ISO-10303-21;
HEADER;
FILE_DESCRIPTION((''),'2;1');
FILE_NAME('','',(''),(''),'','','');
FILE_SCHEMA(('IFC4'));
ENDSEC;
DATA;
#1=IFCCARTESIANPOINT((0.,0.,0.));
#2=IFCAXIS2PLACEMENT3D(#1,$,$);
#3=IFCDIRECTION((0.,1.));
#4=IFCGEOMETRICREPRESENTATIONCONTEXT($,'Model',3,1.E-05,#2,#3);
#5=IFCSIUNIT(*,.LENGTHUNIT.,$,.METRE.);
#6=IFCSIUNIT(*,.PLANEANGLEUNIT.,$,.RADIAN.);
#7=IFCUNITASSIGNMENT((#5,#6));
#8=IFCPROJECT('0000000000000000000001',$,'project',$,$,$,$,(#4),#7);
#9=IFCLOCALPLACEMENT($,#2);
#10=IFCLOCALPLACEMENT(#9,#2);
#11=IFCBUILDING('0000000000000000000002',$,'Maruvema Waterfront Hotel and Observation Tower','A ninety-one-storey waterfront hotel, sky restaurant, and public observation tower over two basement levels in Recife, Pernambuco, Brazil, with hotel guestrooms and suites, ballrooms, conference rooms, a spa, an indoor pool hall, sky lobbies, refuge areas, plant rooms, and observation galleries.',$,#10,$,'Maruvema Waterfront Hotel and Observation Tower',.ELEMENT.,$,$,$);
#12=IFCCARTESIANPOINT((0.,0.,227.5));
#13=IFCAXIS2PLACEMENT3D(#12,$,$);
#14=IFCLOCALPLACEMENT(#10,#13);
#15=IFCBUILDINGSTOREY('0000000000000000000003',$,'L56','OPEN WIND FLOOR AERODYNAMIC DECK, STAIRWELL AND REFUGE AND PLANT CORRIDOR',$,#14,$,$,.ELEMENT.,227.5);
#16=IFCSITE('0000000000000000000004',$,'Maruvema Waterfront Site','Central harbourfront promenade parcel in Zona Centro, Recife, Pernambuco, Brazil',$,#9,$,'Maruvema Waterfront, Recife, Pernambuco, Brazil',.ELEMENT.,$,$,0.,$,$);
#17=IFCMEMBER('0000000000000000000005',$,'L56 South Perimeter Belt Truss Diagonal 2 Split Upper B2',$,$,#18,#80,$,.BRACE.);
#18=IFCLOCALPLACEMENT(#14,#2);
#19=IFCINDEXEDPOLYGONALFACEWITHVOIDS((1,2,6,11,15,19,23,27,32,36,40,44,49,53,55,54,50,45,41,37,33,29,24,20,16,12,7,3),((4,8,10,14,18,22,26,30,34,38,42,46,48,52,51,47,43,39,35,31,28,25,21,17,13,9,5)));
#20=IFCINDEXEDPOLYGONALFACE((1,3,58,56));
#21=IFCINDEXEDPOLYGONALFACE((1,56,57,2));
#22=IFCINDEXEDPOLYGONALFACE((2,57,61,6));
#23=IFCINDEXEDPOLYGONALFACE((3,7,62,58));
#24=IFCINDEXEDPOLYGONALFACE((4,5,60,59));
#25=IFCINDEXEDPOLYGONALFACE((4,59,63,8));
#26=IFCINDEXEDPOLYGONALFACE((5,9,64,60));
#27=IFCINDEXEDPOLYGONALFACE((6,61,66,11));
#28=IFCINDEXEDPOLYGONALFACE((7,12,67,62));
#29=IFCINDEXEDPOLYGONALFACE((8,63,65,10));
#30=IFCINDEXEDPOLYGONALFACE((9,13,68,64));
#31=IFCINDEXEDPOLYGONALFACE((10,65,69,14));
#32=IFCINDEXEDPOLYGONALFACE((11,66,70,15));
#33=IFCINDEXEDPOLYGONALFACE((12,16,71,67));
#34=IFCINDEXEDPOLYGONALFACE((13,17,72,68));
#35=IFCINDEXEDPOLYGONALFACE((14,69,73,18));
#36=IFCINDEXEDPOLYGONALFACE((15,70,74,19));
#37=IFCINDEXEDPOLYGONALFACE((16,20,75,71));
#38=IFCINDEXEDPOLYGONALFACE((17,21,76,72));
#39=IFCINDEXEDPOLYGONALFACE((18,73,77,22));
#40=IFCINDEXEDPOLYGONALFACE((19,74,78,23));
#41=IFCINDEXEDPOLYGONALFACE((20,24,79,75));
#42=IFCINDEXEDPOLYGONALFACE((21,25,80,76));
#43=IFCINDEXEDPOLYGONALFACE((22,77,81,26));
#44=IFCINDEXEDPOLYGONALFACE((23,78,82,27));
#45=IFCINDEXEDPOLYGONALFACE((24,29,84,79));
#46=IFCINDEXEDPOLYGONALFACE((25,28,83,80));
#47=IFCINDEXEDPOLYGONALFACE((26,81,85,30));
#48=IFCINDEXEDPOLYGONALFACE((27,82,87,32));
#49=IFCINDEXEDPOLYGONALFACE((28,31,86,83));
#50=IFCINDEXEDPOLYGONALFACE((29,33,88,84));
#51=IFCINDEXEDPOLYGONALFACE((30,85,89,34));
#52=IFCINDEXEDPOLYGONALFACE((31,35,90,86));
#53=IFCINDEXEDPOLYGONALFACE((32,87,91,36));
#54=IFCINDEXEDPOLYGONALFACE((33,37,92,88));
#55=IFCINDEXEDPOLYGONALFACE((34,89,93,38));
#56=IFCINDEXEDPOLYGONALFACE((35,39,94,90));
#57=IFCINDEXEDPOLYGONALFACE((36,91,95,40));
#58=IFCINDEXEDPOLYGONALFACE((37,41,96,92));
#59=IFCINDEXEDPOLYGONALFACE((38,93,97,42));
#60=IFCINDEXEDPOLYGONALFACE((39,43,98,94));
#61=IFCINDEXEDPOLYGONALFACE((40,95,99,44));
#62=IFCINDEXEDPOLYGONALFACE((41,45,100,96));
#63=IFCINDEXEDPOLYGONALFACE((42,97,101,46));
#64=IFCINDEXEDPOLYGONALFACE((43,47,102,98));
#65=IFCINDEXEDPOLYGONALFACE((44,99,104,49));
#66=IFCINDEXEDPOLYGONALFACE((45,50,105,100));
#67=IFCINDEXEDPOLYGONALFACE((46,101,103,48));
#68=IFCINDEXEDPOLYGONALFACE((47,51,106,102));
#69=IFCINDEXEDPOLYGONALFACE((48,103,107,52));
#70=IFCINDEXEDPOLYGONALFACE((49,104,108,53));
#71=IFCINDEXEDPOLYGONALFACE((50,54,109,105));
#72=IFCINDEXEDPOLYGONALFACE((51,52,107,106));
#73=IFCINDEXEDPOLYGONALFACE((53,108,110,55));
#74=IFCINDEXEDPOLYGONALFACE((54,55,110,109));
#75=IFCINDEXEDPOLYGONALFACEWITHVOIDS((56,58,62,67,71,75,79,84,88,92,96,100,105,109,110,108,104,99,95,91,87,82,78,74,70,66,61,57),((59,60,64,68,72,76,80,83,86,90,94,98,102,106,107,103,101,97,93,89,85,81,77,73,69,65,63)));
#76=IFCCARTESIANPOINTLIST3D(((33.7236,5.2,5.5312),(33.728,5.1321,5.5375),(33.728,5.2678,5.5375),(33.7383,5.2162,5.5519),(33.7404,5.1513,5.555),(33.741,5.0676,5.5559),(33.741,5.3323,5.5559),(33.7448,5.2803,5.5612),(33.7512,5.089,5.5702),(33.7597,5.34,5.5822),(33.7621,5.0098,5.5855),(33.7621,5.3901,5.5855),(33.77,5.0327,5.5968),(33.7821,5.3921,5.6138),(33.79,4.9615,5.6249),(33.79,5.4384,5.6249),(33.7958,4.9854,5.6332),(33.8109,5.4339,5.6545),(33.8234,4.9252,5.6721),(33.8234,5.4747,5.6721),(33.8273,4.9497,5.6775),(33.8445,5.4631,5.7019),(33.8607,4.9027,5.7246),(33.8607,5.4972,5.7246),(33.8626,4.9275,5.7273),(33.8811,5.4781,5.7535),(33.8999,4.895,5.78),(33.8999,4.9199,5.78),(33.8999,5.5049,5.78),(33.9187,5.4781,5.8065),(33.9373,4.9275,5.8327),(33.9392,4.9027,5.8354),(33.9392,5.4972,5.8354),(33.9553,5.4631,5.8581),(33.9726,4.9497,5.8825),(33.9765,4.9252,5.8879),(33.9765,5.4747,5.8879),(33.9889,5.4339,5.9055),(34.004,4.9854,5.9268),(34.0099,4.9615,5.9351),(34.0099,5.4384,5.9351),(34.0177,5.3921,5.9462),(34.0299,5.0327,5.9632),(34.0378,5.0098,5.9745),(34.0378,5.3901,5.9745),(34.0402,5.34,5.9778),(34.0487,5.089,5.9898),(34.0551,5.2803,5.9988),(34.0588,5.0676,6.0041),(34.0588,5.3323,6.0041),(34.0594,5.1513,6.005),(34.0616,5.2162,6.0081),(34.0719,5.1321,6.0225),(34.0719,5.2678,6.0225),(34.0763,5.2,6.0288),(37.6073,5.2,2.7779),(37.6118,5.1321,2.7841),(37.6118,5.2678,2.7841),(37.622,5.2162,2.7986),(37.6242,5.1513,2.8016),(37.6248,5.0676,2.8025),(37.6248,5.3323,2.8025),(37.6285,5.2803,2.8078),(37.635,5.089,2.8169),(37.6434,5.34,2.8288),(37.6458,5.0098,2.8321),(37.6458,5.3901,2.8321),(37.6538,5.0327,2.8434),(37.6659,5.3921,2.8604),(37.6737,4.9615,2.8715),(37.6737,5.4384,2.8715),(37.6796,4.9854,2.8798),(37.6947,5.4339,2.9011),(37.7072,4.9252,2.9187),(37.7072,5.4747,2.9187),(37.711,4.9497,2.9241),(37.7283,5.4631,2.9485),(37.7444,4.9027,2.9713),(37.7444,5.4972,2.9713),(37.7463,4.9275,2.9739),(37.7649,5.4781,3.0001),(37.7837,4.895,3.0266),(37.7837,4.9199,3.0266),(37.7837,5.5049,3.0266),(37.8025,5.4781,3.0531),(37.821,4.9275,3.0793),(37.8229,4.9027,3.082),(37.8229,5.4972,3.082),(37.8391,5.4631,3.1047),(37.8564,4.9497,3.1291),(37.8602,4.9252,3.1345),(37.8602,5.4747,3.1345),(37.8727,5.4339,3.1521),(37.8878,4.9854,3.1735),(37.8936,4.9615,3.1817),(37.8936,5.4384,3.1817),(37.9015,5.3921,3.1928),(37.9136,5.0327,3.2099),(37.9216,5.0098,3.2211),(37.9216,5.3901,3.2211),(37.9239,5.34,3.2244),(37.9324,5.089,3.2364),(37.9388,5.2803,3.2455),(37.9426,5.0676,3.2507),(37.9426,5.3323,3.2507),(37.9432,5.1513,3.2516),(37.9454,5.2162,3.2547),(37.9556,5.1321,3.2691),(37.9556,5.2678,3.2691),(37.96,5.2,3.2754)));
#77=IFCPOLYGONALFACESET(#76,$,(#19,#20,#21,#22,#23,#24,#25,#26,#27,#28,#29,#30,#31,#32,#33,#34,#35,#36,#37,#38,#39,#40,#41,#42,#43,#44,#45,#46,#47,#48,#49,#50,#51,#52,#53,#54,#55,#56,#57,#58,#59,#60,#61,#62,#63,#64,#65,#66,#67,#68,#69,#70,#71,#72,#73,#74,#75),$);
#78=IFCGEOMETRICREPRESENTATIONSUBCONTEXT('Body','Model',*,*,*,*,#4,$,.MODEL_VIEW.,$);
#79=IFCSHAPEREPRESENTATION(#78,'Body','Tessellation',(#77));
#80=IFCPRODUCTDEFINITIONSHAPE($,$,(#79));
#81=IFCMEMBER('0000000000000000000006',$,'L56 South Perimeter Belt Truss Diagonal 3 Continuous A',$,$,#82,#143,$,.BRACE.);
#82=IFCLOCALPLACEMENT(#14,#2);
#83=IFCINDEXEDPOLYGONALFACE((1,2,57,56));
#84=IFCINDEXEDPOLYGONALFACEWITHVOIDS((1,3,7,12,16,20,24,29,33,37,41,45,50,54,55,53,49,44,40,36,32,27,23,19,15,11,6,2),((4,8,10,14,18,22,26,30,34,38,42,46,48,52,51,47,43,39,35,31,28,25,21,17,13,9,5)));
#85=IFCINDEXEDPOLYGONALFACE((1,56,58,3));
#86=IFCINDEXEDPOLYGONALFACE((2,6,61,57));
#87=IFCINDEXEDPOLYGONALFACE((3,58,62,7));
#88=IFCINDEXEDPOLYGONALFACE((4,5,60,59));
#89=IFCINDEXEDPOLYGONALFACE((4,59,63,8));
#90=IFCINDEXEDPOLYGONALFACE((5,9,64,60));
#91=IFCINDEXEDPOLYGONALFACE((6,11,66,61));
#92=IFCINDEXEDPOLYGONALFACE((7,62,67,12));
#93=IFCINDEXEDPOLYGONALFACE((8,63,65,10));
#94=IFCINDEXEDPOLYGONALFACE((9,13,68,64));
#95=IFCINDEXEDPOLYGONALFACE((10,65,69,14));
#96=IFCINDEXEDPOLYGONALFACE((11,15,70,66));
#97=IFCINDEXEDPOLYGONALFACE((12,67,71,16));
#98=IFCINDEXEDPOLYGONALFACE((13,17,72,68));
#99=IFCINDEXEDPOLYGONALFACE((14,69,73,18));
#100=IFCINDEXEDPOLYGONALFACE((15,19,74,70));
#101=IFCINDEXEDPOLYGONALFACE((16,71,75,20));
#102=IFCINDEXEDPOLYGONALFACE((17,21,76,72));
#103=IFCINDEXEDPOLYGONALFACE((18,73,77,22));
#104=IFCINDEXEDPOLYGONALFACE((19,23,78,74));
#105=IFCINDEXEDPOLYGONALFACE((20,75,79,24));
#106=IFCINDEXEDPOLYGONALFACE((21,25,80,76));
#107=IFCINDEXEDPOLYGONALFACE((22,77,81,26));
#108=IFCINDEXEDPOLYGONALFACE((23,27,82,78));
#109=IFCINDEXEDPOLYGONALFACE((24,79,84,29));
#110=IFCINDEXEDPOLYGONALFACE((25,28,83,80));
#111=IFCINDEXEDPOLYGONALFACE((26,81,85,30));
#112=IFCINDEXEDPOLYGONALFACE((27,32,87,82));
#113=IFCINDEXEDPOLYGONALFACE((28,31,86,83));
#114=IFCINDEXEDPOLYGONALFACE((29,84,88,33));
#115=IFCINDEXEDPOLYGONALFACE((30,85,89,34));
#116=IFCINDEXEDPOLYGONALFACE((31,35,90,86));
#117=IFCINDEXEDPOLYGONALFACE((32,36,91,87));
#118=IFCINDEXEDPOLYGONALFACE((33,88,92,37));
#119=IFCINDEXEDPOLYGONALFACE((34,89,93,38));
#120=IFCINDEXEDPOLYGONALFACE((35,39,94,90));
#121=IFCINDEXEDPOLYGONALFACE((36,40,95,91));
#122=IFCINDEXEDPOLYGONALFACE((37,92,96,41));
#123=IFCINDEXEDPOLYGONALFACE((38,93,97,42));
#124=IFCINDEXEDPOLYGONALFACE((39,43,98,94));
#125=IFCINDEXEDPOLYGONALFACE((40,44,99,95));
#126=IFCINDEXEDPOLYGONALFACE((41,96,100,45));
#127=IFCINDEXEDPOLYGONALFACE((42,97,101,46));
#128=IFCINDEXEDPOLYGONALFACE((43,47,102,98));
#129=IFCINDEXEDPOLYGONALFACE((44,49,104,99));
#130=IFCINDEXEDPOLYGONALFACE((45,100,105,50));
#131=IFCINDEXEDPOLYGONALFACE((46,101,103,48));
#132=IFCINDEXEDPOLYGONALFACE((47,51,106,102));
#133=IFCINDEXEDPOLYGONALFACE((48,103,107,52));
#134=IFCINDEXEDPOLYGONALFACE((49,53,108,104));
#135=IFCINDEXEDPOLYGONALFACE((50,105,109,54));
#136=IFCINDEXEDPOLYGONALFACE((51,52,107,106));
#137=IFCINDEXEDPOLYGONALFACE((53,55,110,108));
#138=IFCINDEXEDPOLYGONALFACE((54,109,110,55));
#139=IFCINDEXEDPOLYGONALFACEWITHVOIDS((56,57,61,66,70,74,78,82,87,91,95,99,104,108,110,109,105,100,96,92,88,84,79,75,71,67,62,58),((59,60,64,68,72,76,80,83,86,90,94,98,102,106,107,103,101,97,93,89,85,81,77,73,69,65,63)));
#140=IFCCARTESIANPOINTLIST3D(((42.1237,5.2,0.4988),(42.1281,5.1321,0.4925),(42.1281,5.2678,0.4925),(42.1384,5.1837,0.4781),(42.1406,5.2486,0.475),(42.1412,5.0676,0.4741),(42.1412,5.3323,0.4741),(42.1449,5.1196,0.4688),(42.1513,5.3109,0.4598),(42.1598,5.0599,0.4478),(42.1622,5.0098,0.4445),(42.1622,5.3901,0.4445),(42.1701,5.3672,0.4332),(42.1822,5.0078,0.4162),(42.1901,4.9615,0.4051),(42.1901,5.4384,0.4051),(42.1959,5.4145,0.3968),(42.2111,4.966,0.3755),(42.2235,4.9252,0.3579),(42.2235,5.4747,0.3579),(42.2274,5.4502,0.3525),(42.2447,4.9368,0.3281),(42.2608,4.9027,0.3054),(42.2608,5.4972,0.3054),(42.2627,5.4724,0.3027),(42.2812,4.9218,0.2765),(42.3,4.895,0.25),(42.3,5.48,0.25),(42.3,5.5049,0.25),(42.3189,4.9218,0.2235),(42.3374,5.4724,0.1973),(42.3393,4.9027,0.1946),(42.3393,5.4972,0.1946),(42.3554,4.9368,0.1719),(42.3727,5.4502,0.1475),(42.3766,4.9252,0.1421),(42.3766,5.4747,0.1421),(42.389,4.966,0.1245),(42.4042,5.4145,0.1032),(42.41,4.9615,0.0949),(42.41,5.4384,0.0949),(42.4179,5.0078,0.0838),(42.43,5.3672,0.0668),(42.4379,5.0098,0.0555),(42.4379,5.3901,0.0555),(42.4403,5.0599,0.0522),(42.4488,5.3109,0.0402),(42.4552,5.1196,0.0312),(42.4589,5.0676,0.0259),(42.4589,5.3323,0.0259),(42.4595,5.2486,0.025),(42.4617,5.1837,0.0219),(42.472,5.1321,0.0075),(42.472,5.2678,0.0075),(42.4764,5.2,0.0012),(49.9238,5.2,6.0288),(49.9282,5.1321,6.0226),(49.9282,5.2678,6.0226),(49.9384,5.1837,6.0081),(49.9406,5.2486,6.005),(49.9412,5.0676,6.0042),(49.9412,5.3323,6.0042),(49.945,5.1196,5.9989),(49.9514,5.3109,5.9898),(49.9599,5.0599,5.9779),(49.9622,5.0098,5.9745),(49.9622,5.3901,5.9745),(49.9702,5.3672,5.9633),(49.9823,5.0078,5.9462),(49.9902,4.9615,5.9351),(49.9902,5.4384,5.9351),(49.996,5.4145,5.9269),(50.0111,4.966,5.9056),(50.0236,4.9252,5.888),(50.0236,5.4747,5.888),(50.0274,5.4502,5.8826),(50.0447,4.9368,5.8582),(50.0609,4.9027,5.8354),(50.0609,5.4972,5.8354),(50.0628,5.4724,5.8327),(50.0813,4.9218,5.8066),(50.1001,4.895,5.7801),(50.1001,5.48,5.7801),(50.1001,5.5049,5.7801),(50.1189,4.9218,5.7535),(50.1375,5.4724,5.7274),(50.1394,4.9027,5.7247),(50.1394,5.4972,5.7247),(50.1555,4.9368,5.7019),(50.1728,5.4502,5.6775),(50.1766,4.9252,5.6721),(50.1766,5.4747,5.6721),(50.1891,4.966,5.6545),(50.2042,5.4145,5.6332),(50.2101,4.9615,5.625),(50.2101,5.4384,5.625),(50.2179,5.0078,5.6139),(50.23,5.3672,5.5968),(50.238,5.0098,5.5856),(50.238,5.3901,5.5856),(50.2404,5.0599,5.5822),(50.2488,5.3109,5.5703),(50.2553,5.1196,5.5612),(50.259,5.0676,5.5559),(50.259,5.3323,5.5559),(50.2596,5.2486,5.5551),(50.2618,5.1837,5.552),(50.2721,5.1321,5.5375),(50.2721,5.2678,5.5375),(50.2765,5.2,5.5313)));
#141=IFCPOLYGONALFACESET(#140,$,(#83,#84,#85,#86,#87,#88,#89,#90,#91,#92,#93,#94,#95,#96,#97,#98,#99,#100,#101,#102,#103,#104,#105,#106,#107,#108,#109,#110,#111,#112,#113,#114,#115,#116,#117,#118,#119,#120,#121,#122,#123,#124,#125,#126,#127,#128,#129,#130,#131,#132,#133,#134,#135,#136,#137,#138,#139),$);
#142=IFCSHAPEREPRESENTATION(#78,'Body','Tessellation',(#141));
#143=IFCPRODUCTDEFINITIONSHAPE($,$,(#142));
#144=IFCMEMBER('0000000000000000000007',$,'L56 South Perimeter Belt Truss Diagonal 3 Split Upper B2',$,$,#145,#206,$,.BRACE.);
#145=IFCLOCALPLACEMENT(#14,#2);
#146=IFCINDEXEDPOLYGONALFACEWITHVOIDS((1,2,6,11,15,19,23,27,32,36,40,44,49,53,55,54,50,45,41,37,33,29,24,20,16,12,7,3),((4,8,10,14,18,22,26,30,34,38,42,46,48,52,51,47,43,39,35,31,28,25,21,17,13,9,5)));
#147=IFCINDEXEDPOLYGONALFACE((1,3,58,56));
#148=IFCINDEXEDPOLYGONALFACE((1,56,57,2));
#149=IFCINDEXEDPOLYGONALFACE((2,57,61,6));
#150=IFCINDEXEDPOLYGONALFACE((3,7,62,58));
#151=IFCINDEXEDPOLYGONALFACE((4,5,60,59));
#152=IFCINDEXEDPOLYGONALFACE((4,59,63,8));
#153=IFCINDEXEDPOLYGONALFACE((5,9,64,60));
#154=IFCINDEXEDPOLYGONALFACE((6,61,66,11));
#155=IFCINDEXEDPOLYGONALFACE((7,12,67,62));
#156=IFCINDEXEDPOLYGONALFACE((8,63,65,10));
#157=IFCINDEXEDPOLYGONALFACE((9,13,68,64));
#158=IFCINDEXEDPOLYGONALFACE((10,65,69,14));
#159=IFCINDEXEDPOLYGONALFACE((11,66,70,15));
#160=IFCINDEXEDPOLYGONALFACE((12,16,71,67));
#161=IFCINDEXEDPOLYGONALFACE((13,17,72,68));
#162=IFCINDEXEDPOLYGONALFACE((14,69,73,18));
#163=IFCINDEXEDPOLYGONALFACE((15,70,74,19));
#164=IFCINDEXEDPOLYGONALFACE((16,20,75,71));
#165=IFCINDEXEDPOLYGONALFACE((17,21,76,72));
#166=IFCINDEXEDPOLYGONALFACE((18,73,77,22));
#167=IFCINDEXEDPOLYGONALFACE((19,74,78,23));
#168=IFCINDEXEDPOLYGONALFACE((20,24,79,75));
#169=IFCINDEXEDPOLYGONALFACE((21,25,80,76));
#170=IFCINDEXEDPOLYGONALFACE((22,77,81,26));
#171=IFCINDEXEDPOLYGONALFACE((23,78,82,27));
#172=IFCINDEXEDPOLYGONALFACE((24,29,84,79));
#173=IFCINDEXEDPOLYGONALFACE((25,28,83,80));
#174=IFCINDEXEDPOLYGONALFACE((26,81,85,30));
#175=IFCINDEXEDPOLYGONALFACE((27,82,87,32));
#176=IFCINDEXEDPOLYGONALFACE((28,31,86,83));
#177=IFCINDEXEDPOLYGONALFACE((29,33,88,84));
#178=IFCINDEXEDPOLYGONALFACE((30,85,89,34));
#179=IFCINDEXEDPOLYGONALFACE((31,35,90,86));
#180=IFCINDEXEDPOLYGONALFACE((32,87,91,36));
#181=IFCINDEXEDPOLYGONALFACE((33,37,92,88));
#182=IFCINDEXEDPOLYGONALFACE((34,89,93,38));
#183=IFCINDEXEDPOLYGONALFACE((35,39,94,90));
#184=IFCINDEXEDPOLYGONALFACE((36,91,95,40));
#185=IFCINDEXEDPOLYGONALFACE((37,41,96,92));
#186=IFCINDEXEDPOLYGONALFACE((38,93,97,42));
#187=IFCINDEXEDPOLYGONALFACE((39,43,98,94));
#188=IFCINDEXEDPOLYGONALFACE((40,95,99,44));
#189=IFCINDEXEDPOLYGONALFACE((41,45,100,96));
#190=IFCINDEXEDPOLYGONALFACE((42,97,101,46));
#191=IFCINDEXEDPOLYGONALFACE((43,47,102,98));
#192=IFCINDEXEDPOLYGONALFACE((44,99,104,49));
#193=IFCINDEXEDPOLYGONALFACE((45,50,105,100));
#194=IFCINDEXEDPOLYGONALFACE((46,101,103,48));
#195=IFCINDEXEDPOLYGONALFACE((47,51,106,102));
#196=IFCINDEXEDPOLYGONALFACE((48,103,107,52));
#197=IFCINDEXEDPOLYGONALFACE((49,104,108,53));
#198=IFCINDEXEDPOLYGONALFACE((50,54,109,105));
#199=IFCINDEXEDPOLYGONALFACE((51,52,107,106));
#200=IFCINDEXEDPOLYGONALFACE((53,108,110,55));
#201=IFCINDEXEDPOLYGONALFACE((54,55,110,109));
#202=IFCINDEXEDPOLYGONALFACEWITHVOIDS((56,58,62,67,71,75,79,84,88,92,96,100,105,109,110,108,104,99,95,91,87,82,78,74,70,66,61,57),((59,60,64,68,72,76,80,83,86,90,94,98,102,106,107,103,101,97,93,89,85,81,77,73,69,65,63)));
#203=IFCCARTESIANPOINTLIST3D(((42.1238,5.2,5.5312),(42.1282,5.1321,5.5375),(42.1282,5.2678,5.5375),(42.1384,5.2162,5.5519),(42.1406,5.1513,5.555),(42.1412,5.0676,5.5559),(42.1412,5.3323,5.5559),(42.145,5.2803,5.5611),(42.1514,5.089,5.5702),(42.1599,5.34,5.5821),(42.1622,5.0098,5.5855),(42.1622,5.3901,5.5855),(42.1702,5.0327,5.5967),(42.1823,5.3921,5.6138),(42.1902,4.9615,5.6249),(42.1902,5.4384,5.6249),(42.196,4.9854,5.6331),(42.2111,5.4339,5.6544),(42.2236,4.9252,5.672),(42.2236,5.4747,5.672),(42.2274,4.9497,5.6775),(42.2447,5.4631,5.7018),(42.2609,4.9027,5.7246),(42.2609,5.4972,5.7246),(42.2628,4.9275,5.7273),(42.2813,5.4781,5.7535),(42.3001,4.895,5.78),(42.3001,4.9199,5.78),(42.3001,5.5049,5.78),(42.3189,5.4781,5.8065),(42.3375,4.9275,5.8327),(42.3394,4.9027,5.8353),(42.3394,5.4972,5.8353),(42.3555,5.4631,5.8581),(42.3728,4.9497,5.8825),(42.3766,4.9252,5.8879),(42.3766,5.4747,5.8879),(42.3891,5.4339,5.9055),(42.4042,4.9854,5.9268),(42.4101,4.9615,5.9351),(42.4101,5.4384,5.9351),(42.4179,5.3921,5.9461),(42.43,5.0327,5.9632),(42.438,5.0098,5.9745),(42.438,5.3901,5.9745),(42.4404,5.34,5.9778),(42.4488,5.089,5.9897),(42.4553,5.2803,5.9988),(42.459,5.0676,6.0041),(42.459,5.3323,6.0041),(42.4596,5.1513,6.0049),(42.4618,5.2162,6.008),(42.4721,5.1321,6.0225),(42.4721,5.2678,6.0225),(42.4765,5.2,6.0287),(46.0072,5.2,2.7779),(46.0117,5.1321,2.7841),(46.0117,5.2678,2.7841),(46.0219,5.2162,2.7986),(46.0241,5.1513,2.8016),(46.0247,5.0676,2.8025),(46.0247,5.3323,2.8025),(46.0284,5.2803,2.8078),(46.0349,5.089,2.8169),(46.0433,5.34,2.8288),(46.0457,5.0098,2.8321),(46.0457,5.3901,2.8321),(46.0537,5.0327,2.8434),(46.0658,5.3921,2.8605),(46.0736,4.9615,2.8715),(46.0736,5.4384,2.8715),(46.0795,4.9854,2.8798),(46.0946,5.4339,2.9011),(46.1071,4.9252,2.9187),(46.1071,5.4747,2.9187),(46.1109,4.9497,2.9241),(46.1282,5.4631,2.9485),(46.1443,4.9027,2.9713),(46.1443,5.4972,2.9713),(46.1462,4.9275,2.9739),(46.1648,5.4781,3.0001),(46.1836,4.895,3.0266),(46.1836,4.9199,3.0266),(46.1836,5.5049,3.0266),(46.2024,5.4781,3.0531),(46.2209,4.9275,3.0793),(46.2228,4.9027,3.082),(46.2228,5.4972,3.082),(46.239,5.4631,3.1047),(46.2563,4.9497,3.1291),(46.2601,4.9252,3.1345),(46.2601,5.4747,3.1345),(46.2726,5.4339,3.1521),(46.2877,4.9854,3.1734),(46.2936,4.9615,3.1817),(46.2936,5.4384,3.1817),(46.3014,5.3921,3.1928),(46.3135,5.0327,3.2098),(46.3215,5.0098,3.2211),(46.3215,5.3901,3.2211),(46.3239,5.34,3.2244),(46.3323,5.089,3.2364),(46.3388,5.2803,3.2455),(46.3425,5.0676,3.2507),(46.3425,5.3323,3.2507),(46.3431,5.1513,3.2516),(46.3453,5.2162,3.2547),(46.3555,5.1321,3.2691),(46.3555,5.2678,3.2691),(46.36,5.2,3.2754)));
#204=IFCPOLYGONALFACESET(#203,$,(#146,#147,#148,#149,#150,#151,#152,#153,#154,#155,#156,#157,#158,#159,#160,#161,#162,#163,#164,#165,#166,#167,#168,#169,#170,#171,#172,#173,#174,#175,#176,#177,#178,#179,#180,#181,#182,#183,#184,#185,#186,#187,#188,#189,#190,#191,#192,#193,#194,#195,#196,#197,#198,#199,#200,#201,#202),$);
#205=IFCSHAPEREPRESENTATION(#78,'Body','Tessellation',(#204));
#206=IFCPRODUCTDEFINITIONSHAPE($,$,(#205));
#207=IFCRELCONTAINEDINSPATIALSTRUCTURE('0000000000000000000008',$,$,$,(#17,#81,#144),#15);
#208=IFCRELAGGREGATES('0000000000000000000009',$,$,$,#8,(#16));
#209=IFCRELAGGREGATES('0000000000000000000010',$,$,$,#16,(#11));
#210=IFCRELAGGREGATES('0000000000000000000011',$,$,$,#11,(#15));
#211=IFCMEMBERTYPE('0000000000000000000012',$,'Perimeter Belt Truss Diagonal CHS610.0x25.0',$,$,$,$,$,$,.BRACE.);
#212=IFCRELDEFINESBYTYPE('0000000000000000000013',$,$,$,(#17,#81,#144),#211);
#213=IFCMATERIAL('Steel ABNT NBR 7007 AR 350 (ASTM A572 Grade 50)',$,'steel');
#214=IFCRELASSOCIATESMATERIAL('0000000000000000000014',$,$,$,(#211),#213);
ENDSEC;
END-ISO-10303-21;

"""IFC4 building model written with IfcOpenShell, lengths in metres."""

from ifc_helpers import new_model, si_unit, direction, frame, origin, origin_2d, place, context, subcontext, project, spatial, hollow_circle, extrude, material, material_profile, profile_set, type_object, element, save


model = new_model("IFC4")

# Units and contexts
model_context = context("Model", 3, precision=1e-05, world=origin(), true_north=direction((0.0, 1.0)))
body_context = subcontext(model_context, "Body", "Model", "MODEL_VIEW")
ifc_project = project(units=[si_unit("LENGTHUNIT", "METRE"), si_unit("PLANEANGLEUNIT", "RADIAN")], contexts=[model_context])

# Site, building, storey
site_placement = place(None, origin())
site = spatial("IfcSite", under=ifc_project, at=site_placement, Name="Maruvema Waterfront Site", Description="Central harbourfront promenade parcel in Zona Centro, Recife, Pernambuco, Brazil", LongName="Maruvema Waterfront, Recife, Pernambuco, Brazil", CompositionType="ELEMENT", RefElevation=0.0)
building_placement = place(site_placement, origin())
building = spatial("IfcBuilding", under=site, at=building_placement, Name="Maruvema Waterfront Hotel and Observation Tower", Description="A ninety-one-storey waterfront hotel, sky restaurant, and public observation tower over two basement levels in Recife, Pernambuco, Brazil, with hotel guestrooms and suites, ballrooms, conference rooms, a spa, an indoor pool hall, sky lobbies, refuge areas, plant rooms, and observation galleries.", LongName="Maruvema Waterfront Hotel and Observation Tower", CompositionType="ELEMENT")
storey_placement = place(building_placement, frame((0.0, 0.0, 227.5)))
storey = spatial("IfcBuildingStorey", under=building, at=storey_placement, Name="L56", Description="OPEN WIND FLOOR AERODYNAMIC DECK, STAIRWELL AND REFUGE AND PLANT CORRIDOR", CompositionType="ELEMENT", Elevation=227.5)

# Members
ifc_material_1 = material(Name="Steel ABNT NBR 7007 AR 350 (ASTM A572 Grade 50)", Category="steel")
ifc_material_profile_1 = material_profile(ifc_material_1, hollow_circle(Radius=0.3049, WallThickness=0.0249, at=origin_2d()), Name="CHS610.0x25.0")
ifc_profile_set_1 = profile_set([ifc_material_profile_1], Name="Steel ABNT NBR 7007 AR 350 (ASTM A572 Grade 50)")
member_type_1 = type_object("IfcMemberType", Name="Perimeter Belt Truss Diagonal CHS610.0x25.0", PredefinedType="BRACE", material=ifc_profile_set_1)
member_1_placement = place(storey_placement, frame((37.7837, 5.2, 3.0266), z_axis=(-0.815787, 0.0, 0.578353), x_axis=(0.0, -1.0, 0.0)))
element("IfcMember", 1, at=member_1_placement, inside=storey, type_object=member_type_1, Name="L56 South Perimeter Belt Truss Diagonal 2 Split Upper B2", PredefinedType="BRACE", context=body_context, shape_type="SweptSolid", body=[
    extrude(hollow_circle(Radius=0.3049, WallThickness=0.0249, at=origin_2d()), origin(), (0.0, 0.0, 1.0), 4.7607),
])
member_2_placement = place(storey_placement, frame((42.3, 5.2, 0.25), z_axis=(0.815778, 0.0, 0.578365), x_axis=(0.0, 1.0, 0.0)))
element("IfcMember", 2, at=member_2_placement, inside=storey, type_object=member_type_1, Name="L56 South Perimeter Belt Truss Diagonal 3 Continuous A", PredefinedType="BRACE", context=body_context, shape_type="SweptSolid", body=[
    extrude(hollow_circle(Radius=0.3049, WallThickness=0.0249, at=origin_2d()), origin(), (0.0, 0.0, 1.0), 9.5615),
])
member_3_placement = place(storey_placement, frame((46.1836, 5.2, 3.0266), z_axis=(-0.815769, 0.0, 0.578377), x_axis=(0.0, -1.0, 0.0)))
element("IfcMember", 3, at=member_3_placement, inside=storey, type_object=member_type_1, Name="L56 South Perimeter Belt Truss Diagonal 3 Split Upper B2", PredefinedType="BRACE", context=body_context, shape_type="SweptSolid", body=[
    extrude(hollow_circle(Radius=0.3049, WallThickness=0.0249, at=origin_2d()), origin(), (0.0, 0.0, 1.0), 4.7605),
])

save(model, "model.ifc")
